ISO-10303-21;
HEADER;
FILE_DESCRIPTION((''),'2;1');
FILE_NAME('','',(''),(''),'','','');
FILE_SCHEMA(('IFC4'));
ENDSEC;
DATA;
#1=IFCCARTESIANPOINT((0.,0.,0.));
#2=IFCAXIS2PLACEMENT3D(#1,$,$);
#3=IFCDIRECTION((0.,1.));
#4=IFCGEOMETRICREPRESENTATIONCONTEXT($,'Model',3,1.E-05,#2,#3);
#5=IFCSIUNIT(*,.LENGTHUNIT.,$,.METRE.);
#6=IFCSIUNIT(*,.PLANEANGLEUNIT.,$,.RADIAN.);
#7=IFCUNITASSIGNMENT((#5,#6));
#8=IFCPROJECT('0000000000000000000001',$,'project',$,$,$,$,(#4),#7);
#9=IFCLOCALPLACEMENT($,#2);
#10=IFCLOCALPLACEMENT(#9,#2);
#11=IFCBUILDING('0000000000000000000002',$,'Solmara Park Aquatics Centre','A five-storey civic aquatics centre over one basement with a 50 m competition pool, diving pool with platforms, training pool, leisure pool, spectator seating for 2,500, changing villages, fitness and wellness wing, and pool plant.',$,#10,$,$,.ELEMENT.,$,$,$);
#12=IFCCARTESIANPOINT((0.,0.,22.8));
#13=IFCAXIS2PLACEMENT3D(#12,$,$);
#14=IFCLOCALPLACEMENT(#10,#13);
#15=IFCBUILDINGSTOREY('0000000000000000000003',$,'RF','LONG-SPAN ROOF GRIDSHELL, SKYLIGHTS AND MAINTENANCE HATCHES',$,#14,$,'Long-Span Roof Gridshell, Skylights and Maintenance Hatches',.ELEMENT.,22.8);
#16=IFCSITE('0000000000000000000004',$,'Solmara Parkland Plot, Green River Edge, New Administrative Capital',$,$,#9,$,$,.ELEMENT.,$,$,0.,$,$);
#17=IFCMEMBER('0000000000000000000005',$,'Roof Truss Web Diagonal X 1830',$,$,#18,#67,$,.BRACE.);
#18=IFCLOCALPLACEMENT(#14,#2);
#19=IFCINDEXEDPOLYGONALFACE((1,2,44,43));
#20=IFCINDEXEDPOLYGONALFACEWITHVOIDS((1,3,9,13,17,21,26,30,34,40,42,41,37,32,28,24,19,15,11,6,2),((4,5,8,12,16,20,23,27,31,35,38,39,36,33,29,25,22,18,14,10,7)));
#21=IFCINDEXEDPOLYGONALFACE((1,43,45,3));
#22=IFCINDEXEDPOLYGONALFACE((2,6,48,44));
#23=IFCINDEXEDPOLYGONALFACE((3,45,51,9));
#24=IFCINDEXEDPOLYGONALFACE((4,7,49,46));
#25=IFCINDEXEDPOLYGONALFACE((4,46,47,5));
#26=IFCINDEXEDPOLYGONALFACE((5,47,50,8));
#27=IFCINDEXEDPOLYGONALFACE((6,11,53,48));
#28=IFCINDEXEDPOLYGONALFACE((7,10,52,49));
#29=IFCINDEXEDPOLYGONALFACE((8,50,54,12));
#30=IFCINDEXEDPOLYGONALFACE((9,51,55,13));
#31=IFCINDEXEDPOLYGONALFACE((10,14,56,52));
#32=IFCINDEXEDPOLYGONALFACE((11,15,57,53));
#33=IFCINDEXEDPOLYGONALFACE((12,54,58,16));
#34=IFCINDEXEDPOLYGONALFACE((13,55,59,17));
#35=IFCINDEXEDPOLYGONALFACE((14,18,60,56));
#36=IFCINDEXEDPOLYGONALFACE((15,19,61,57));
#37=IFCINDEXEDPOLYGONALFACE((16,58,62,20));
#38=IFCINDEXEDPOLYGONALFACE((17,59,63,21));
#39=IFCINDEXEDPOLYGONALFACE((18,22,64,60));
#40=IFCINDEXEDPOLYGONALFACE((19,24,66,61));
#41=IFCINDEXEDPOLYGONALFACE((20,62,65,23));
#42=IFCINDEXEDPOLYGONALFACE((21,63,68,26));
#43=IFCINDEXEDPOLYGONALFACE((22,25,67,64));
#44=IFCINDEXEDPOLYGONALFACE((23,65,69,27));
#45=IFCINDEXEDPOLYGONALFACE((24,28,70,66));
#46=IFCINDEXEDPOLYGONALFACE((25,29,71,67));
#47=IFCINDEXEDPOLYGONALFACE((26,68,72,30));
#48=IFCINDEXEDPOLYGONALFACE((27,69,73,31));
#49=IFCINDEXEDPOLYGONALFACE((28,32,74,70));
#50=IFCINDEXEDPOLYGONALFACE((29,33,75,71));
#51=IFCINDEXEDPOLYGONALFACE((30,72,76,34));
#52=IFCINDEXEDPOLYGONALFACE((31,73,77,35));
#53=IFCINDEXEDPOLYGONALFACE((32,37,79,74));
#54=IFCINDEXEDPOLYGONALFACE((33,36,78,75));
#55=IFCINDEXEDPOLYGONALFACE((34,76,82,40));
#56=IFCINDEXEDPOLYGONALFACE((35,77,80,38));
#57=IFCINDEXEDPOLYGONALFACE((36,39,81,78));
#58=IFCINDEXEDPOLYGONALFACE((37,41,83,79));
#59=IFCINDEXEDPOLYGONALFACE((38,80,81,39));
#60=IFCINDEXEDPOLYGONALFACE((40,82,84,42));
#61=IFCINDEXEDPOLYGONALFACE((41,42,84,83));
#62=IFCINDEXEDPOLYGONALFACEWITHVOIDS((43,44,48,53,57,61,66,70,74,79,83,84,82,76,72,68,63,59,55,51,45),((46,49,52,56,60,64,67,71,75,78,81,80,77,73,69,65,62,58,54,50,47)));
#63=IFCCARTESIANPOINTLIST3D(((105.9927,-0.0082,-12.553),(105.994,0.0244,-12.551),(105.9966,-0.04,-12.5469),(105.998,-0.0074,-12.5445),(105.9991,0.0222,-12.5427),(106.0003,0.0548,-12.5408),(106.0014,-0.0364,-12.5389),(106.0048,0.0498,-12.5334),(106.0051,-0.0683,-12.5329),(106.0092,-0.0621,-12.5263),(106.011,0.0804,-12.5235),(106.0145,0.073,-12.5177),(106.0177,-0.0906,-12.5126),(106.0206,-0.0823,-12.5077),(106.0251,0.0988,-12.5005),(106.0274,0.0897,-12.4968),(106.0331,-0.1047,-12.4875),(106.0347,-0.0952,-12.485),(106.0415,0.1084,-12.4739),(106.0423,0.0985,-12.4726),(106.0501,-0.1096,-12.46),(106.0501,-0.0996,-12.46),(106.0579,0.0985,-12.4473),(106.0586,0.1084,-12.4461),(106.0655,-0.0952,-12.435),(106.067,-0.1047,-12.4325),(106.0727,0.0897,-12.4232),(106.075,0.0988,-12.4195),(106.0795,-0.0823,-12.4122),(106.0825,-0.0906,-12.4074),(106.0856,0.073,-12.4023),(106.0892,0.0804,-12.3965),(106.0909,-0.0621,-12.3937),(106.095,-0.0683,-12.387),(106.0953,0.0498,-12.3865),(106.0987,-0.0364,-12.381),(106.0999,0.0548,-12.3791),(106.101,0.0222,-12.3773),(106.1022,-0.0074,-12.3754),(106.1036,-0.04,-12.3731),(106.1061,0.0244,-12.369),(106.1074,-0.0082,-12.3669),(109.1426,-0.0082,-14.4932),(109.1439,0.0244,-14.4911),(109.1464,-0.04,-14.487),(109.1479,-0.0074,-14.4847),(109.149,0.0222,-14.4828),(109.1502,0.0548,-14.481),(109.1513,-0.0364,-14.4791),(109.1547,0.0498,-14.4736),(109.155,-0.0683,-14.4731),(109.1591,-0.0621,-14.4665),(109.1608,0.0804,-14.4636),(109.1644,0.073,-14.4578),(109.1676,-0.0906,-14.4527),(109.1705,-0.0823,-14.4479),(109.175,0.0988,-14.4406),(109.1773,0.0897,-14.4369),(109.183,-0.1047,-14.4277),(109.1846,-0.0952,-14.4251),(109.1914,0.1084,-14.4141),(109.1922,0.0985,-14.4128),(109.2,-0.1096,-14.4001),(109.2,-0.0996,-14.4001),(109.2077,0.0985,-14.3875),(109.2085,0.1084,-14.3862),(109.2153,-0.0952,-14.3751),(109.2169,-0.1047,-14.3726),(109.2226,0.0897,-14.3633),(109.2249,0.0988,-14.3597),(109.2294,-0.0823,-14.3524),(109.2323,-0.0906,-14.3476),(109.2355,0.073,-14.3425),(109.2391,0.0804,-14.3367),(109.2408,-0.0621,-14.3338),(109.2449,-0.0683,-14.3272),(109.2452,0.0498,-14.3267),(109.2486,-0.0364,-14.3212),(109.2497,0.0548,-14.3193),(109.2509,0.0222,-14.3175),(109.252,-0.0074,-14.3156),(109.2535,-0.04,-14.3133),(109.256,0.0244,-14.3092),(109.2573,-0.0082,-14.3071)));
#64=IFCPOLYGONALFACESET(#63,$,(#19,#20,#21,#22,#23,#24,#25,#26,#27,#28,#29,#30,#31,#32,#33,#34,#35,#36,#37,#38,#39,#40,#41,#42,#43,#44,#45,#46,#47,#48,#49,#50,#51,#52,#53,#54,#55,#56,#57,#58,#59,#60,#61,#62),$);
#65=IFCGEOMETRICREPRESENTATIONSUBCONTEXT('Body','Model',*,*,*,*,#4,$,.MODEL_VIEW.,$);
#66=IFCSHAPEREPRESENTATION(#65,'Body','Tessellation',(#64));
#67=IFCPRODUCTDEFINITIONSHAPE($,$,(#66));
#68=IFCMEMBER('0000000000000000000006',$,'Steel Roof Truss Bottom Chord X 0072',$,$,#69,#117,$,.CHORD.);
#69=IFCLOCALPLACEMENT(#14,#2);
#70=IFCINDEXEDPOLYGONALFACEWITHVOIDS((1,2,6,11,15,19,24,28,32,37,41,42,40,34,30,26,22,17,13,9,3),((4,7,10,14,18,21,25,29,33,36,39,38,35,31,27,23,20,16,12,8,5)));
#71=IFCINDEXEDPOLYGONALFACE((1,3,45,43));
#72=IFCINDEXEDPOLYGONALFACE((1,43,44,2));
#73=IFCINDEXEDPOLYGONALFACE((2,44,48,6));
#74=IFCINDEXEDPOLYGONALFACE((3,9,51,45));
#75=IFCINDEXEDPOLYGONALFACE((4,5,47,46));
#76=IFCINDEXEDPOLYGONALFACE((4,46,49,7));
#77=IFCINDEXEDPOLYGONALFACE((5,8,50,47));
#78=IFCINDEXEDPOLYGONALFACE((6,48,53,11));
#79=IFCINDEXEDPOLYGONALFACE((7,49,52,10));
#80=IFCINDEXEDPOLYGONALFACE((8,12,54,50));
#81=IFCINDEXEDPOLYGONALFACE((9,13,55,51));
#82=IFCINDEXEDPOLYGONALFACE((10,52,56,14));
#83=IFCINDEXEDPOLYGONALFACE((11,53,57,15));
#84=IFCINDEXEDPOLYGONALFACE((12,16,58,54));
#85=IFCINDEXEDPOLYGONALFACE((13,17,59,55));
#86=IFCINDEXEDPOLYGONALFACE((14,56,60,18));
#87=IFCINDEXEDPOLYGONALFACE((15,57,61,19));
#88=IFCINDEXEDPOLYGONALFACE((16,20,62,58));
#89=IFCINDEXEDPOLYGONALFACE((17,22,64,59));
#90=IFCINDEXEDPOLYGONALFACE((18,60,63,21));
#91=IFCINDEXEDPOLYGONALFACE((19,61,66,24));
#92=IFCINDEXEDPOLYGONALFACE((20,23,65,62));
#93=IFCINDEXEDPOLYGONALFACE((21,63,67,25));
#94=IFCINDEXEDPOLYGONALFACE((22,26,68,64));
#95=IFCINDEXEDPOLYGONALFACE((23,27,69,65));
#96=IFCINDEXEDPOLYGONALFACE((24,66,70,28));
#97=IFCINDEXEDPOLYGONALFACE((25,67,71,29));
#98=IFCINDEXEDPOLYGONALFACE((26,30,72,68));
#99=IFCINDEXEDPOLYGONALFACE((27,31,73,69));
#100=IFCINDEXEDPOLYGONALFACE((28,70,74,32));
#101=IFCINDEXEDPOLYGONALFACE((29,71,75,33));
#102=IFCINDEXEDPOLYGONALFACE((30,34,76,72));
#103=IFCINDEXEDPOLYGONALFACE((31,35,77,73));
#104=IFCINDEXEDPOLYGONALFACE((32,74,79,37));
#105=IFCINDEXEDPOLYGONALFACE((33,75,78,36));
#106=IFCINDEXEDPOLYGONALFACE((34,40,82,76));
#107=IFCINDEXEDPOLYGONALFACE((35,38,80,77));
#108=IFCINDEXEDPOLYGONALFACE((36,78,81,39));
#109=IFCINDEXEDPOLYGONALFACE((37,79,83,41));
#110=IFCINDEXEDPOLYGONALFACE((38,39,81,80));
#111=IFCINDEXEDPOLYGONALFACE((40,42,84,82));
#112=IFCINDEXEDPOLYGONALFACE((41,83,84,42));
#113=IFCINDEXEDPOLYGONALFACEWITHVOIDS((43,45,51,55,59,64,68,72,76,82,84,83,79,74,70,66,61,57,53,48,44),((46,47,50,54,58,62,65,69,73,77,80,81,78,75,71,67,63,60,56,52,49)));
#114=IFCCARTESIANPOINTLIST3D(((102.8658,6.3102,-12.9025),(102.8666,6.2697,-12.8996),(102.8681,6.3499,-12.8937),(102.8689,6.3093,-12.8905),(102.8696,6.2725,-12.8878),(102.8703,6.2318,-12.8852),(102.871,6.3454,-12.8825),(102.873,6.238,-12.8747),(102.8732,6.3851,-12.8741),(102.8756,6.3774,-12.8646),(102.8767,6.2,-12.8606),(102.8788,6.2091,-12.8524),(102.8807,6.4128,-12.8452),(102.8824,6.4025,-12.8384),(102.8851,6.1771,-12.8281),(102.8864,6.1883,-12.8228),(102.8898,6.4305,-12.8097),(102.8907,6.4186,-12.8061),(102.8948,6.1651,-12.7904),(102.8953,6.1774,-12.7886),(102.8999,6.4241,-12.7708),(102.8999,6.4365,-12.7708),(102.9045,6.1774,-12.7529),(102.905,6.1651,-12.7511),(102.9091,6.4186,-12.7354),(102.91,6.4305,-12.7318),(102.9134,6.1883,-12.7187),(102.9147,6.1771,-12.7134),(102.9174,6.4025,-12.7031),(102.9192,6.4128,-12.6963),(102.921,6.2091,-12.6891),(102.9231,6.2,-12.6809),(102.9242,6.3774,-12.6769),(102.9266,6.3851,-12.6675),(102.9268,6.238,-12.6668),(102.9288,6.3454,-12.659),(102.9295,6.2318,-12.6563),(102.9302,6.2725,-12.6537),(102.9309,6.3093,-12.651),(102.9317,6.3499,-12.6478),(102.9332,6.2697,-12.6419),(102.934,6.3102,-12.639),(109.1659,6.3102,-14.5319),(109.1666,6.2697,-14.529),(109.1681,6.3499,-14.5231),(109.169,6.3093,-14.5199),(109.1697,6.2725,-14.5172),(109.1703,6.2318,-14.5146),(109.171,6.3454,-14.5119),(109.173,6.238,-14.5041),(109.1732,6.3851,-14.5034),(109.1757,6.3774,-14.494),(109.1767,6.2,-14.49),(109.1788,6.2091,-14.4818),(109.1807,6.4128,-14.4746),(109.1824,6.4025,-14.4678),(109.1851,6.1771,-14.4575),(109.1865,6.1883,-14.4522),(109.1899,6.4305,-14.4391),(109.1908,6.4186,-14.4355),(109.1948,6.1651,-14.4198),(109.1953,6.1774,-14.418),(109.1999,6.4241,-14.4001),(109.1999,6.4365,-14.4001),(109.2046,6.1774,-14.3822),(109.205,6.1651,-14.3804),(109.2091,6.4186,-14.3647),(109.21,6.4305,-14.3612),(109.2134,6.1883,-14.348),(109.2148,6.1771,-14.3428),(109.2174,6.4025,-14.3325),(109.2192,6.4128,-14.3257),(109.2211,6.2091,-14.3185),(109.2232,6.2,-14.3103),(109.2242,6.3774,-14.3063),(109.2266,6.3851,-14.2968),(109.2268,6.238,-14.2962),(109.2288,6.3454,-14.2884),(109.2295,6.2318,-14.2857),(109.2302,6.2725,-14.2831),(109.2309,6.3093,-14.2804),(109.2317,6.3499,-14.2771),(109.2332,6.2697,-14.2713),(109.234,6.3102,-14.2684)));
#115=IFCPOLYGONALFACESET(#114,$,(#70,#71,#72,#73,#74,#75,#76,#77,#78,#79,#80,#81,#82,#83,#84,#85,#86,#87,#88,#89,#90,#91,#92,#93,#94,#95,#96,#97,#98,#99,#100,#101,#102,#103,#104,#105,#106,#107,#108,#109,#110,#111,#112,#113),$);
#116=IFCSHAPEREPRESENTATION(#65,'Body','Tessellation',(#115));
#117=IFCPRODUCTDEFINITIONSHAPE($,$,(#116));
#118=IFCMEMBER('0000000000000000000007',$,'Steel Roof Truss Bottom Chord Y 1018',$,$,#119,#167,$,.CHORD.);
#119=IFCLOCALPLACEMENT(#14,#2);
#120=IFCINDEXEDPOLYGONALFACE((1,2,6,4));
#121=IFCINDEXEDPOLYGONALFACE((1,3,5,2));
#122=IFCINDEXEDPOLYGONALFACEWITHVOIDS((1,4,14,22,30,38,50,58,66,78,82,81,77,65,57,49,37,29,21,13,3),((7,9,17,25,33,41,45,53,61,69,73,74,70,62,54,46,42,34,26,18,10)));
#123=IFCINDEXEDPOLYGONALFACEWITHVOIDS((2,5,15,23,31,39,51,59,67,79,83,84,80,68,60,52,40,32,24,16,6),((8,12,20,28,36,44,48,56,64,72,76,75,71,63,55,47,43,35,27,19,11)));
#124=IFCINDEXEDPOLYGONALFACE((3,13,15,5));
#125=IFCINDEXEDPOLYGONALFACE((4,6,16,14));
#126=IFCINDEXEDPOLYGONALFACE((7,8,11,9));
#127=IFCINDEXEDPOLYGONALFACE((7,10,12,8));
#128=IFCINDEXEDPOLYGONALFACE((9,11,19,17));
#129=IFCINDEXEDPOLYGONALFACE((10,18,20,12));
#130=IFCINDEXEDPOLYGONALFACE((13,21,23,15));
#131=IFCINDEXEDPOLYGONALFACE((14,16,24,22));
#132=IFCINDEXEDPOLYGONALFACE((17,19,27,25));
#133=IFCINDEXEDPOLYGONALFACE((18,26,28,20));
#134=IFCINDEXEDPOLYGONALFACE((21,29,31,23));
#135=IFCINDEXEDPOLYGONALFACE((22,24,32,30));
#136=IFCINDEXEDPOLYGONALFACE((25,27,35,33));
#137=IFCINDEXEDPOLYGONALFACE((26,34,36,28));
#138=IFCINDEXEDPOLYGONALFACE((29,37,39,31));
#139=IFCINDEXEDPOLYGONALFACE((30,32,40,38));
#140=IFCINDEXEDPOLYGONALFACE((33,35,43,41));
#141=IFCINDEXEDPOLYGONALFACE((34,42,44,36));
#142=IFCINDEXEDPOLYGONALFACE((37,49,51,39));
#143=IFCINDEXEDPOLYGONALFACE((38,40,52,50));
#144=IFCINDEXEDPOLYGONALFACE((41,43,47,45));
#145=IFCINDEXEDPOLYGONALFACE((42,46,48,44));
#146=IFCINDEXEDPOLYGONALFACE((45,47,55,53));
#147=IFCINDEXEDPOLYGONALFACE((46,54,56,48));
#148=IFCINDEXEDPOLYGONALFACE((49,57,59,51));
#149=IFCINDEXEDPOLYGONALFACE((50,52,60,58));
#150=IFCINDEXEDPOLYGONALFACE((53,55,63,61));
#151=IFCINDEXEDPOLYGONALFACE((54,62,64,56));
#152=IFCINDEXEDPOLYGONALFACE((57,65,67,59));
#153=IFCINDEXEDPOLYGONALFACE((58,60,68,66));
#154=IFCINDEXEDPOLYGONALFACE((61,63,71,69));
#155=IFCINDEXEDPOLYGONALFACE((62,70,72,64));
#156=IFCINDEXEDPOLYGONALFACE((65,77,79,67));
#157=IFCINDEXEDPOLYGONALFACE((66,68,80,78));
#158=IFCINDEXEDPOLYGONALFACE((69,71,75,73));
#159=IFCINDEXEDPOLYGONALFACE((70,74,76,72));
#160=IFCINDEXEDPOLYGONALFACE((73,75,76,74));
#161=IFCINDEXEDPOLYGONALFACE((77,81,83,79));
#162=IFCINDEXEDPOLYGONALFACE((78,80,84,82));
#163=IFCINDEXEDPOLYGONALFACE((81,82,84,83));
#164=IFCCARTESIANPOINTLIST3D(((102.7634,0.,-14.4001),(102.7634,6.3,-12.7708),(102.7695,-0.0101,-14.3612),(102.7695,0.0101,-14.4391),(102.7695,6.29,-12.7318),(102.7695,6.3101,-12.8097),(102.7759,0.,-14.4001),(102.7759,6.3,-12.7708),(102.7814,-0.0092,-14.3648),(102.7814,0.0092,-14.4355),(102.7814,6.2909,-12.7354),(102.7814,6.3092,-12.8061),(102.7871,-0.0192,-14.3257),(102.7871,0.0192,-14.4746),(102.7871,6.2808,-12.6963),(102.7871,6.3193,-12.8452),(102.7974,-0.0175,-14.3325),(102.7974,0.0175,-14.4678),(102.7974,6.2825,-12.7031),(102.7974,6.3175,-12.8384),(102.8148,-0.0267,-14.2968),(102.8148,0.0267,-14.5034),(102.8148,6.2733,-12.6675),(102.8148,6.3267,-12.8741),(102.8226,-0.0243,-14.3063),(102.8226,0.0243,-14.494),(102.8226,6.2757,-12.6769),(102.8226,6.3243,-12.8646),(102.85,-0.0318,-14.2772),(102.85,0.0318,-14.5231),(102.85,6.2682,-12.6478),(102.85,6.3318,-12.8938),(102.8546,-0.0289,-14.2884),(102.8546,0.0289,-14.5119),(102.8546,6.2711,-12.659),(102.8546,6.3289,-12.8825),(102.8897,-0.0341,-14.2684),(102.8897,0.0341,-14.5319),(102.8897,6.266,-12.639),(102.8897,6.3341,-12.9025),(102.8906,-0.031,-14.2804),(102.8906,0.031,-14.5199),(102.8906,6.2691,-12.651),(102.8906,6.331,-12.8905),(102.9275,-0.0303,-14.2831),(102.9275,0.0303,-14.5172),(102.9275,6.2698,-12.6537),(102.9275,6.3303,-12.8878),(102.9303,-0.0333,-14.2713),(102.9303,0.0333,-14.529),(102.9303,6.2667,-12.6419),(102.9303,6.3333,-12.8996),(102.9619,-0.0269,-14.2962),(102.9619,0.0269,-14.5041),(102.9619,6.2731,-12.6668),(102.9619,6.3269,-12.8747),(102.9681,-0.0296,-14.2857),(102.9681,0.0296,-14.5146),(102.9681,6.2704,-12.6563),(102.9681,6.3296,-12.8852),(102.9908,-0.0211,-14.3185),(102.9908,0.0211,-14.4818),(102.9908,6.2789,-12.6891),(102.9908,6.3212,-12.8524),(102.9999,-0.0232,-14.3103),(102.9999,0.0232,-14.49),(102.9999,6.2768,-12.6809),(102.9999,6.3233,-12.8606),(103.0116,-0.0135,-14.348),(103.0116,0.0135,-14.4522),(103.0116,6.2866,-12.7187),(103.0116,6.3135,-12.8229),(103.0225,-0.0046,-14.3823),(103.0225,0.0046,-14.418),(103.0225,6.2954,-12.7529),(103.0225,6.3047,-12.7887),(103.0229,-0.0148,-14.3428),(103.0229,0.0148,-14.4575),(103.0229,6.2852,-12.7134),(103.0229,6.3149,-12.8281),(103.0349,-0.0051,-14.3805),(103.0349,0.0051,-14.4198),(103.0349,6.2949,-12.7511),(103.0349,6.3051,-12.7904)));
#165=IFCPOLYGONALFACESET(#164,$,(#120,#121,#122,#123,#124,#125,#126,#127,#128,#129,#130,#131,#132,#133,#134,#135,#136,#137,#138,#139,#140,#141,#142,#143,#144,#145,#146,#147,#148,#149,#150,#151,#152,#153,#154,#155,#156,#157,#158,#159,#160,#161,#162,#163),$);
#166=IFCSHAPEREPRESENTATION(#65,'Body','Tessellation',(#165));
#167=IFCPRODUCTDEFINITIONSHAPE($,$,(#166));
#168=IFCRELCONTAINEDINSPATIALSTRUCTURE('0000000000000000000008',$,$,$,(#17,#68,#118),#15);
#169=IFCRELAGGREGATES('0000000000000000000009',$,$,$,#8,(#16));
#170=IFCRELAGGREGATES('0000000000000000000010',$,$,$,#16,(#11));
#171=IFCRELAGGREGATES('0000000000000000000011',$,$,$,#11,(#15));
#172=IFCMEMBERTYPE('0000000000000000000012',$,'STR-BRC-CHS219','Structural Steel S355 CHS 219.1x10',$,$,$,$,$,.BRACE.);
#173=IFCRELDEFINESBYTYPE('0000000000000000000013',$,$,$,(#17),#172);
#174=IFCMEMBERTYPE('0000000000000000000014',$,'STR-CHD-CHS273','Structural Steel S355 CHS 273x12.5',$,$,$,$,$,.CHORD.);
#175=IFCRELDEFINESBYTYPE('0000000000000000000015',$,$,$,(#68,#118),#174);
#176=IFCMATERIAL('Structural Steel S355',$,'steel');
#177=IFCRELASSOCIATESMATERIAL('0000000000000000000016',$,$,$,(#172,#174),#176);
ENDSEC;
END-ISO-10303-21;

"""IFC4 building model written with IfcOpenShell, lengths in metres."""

from ifc_helpers import new_model, si_unit, direction, frame, origin, origin_2d, place, context, subcontext, project, spatial, hollow_circle, extrude, material, material_profile, profile_set, type_object, element, save


model = new_model("IFC4")

# Units and contexts
model_context = context("Model", 3, precision=1e-05, world=origin(), true_north=direction((0.0, 1.0)))
body_context = subcontext(model_context, "Body", "Model", "MODEL_VIEW")
ifc_project = project(units=[si_unit("LENGTHUNIT", "METRE"), si_unit("PLANEANGLEUNIT", "RADIAN")], contexts=[model_context])

# Site, building, storey
site_placement = place(None, origin())
site = spatial("IfcSite", under=ifc_project, at=site_placement, Name="Solmara Parkland Plot, Green River Edge, New Administrative Capital", CompositionType="ELEMENT", RefElevation=0.0)
building_placement = place(site_placement, origin())
building = spatial("IfcBuilding", under=site, at=building_placement, Name="Solmara Park Aquatics Centre", Description="A five-storey civic aquatics centre over one basement with a 50 m competition pool, diving pool with platforms, training pool, leisure pool, spectator seating for 2,500, changing villages, fitness and wellness wing, and pool plant.", CompositionType="ELEMENT")
storey_placement = place(building_placement, frame((0.0, 0.0, 22.8)))
storey = spatial("IfcBuildingStorey", under=building, at=storey_placement, Name="RF", Description="LONG-SPAN ROOF GRIDSHELL, SKYLIGHTS AND MAINTENANCE HATCHES", LongName="Long-Span Roof Gridshell, Skylights and Maintenance Hatches", CompositionType="ELEMENT", Elevation=22.8)

# Members
ifc_material_1 = material(Name="Structural Steel S355", Category="steel")
ifc_material_profile_1 = material_profile(ifc_material_1, hollow_circle(Radius=0.1096, WallThickness=0.01, at=origin_2d()), Name="CHS 219.1x10")
ifc_profile_set_1 = profile_set([ifc_material_profile_1], Name="Structural Steel S355")
member_type_1 = type_object("IfcMemberType", Name="STR-BRC-CHS219", Description="Structural Steel S355 CHS 219.1x10", PredefinedType="BRACE", material=ifc_profile_set_1)
member_1_placement = place(storey_placement, frame((109.2, 0.0, -14.4001), z_axis=(-0.851443, 0.0, 0.524447), x_axis=(0.0, -1.0, 0.0)))
element("IfcMember", 1, at=member_1_placement, inside=storey, type_object=member_type_1, Name="Roof Truss Web Diagonal X 1830", PredefinedType="BRACE", context=body_context, shape_type="SweptSolid", body=[
    extrude(hollow_circle(Radius=0.1096, WallThickness=0.01, at=origin_2d()), origin(), (0.0, 0.0, 1.0), 3.6995),
])
ifc_material_profile_2 = material_profile(ifc_material_1, hollow_circle(Radius=0.1365, WallThickness=0.0125, at=origin_2d()), Name="CHS 273x12.5")
ifc_profile_set_2 = profile_set([ifc_material_profile_2], Name="Structural Steel S355")
member_type_2 = type_object("IfcMemberType", Name="STR-CHD-CHS273", Description="Structural Steel S355 CHS 273x12.5", PredefinedType="CHORD", material=ifc_profile_set_2)
for number, where, z_axis, x_axis, name in (
    (2, (102.8999, 6.3, -12.7708), (0.968144, 0.0, -0.250393), (0.0, 1.0, 0.0), "Steel Roof Truss Bottom Chord X 0072"),
    (3, (102.8999, 0.0, -14.4001), (0.0, 0.968144, 0.250393), (-1.0, 0.0, 0.0), "Steel Roof Truss Bottom Chord Y 1018"),
):
    element("IfcMember", number, at=place(storey_placement, frame(where, z_axis=z_axis, x_axis=x_axis)), inside=storey, type_object=member_type_2, Name=name, PredefinedType="CHORD", context=body_context, shape_type="SweptSolid", body=[
        extrude(hollow_circle(Radius=0.1365, WallThickness=0.0125, at=origin_2d()), origin(), (0.0, 0.0, 1.0), 6.5073),
    ])

save(model, "model.ifc")
